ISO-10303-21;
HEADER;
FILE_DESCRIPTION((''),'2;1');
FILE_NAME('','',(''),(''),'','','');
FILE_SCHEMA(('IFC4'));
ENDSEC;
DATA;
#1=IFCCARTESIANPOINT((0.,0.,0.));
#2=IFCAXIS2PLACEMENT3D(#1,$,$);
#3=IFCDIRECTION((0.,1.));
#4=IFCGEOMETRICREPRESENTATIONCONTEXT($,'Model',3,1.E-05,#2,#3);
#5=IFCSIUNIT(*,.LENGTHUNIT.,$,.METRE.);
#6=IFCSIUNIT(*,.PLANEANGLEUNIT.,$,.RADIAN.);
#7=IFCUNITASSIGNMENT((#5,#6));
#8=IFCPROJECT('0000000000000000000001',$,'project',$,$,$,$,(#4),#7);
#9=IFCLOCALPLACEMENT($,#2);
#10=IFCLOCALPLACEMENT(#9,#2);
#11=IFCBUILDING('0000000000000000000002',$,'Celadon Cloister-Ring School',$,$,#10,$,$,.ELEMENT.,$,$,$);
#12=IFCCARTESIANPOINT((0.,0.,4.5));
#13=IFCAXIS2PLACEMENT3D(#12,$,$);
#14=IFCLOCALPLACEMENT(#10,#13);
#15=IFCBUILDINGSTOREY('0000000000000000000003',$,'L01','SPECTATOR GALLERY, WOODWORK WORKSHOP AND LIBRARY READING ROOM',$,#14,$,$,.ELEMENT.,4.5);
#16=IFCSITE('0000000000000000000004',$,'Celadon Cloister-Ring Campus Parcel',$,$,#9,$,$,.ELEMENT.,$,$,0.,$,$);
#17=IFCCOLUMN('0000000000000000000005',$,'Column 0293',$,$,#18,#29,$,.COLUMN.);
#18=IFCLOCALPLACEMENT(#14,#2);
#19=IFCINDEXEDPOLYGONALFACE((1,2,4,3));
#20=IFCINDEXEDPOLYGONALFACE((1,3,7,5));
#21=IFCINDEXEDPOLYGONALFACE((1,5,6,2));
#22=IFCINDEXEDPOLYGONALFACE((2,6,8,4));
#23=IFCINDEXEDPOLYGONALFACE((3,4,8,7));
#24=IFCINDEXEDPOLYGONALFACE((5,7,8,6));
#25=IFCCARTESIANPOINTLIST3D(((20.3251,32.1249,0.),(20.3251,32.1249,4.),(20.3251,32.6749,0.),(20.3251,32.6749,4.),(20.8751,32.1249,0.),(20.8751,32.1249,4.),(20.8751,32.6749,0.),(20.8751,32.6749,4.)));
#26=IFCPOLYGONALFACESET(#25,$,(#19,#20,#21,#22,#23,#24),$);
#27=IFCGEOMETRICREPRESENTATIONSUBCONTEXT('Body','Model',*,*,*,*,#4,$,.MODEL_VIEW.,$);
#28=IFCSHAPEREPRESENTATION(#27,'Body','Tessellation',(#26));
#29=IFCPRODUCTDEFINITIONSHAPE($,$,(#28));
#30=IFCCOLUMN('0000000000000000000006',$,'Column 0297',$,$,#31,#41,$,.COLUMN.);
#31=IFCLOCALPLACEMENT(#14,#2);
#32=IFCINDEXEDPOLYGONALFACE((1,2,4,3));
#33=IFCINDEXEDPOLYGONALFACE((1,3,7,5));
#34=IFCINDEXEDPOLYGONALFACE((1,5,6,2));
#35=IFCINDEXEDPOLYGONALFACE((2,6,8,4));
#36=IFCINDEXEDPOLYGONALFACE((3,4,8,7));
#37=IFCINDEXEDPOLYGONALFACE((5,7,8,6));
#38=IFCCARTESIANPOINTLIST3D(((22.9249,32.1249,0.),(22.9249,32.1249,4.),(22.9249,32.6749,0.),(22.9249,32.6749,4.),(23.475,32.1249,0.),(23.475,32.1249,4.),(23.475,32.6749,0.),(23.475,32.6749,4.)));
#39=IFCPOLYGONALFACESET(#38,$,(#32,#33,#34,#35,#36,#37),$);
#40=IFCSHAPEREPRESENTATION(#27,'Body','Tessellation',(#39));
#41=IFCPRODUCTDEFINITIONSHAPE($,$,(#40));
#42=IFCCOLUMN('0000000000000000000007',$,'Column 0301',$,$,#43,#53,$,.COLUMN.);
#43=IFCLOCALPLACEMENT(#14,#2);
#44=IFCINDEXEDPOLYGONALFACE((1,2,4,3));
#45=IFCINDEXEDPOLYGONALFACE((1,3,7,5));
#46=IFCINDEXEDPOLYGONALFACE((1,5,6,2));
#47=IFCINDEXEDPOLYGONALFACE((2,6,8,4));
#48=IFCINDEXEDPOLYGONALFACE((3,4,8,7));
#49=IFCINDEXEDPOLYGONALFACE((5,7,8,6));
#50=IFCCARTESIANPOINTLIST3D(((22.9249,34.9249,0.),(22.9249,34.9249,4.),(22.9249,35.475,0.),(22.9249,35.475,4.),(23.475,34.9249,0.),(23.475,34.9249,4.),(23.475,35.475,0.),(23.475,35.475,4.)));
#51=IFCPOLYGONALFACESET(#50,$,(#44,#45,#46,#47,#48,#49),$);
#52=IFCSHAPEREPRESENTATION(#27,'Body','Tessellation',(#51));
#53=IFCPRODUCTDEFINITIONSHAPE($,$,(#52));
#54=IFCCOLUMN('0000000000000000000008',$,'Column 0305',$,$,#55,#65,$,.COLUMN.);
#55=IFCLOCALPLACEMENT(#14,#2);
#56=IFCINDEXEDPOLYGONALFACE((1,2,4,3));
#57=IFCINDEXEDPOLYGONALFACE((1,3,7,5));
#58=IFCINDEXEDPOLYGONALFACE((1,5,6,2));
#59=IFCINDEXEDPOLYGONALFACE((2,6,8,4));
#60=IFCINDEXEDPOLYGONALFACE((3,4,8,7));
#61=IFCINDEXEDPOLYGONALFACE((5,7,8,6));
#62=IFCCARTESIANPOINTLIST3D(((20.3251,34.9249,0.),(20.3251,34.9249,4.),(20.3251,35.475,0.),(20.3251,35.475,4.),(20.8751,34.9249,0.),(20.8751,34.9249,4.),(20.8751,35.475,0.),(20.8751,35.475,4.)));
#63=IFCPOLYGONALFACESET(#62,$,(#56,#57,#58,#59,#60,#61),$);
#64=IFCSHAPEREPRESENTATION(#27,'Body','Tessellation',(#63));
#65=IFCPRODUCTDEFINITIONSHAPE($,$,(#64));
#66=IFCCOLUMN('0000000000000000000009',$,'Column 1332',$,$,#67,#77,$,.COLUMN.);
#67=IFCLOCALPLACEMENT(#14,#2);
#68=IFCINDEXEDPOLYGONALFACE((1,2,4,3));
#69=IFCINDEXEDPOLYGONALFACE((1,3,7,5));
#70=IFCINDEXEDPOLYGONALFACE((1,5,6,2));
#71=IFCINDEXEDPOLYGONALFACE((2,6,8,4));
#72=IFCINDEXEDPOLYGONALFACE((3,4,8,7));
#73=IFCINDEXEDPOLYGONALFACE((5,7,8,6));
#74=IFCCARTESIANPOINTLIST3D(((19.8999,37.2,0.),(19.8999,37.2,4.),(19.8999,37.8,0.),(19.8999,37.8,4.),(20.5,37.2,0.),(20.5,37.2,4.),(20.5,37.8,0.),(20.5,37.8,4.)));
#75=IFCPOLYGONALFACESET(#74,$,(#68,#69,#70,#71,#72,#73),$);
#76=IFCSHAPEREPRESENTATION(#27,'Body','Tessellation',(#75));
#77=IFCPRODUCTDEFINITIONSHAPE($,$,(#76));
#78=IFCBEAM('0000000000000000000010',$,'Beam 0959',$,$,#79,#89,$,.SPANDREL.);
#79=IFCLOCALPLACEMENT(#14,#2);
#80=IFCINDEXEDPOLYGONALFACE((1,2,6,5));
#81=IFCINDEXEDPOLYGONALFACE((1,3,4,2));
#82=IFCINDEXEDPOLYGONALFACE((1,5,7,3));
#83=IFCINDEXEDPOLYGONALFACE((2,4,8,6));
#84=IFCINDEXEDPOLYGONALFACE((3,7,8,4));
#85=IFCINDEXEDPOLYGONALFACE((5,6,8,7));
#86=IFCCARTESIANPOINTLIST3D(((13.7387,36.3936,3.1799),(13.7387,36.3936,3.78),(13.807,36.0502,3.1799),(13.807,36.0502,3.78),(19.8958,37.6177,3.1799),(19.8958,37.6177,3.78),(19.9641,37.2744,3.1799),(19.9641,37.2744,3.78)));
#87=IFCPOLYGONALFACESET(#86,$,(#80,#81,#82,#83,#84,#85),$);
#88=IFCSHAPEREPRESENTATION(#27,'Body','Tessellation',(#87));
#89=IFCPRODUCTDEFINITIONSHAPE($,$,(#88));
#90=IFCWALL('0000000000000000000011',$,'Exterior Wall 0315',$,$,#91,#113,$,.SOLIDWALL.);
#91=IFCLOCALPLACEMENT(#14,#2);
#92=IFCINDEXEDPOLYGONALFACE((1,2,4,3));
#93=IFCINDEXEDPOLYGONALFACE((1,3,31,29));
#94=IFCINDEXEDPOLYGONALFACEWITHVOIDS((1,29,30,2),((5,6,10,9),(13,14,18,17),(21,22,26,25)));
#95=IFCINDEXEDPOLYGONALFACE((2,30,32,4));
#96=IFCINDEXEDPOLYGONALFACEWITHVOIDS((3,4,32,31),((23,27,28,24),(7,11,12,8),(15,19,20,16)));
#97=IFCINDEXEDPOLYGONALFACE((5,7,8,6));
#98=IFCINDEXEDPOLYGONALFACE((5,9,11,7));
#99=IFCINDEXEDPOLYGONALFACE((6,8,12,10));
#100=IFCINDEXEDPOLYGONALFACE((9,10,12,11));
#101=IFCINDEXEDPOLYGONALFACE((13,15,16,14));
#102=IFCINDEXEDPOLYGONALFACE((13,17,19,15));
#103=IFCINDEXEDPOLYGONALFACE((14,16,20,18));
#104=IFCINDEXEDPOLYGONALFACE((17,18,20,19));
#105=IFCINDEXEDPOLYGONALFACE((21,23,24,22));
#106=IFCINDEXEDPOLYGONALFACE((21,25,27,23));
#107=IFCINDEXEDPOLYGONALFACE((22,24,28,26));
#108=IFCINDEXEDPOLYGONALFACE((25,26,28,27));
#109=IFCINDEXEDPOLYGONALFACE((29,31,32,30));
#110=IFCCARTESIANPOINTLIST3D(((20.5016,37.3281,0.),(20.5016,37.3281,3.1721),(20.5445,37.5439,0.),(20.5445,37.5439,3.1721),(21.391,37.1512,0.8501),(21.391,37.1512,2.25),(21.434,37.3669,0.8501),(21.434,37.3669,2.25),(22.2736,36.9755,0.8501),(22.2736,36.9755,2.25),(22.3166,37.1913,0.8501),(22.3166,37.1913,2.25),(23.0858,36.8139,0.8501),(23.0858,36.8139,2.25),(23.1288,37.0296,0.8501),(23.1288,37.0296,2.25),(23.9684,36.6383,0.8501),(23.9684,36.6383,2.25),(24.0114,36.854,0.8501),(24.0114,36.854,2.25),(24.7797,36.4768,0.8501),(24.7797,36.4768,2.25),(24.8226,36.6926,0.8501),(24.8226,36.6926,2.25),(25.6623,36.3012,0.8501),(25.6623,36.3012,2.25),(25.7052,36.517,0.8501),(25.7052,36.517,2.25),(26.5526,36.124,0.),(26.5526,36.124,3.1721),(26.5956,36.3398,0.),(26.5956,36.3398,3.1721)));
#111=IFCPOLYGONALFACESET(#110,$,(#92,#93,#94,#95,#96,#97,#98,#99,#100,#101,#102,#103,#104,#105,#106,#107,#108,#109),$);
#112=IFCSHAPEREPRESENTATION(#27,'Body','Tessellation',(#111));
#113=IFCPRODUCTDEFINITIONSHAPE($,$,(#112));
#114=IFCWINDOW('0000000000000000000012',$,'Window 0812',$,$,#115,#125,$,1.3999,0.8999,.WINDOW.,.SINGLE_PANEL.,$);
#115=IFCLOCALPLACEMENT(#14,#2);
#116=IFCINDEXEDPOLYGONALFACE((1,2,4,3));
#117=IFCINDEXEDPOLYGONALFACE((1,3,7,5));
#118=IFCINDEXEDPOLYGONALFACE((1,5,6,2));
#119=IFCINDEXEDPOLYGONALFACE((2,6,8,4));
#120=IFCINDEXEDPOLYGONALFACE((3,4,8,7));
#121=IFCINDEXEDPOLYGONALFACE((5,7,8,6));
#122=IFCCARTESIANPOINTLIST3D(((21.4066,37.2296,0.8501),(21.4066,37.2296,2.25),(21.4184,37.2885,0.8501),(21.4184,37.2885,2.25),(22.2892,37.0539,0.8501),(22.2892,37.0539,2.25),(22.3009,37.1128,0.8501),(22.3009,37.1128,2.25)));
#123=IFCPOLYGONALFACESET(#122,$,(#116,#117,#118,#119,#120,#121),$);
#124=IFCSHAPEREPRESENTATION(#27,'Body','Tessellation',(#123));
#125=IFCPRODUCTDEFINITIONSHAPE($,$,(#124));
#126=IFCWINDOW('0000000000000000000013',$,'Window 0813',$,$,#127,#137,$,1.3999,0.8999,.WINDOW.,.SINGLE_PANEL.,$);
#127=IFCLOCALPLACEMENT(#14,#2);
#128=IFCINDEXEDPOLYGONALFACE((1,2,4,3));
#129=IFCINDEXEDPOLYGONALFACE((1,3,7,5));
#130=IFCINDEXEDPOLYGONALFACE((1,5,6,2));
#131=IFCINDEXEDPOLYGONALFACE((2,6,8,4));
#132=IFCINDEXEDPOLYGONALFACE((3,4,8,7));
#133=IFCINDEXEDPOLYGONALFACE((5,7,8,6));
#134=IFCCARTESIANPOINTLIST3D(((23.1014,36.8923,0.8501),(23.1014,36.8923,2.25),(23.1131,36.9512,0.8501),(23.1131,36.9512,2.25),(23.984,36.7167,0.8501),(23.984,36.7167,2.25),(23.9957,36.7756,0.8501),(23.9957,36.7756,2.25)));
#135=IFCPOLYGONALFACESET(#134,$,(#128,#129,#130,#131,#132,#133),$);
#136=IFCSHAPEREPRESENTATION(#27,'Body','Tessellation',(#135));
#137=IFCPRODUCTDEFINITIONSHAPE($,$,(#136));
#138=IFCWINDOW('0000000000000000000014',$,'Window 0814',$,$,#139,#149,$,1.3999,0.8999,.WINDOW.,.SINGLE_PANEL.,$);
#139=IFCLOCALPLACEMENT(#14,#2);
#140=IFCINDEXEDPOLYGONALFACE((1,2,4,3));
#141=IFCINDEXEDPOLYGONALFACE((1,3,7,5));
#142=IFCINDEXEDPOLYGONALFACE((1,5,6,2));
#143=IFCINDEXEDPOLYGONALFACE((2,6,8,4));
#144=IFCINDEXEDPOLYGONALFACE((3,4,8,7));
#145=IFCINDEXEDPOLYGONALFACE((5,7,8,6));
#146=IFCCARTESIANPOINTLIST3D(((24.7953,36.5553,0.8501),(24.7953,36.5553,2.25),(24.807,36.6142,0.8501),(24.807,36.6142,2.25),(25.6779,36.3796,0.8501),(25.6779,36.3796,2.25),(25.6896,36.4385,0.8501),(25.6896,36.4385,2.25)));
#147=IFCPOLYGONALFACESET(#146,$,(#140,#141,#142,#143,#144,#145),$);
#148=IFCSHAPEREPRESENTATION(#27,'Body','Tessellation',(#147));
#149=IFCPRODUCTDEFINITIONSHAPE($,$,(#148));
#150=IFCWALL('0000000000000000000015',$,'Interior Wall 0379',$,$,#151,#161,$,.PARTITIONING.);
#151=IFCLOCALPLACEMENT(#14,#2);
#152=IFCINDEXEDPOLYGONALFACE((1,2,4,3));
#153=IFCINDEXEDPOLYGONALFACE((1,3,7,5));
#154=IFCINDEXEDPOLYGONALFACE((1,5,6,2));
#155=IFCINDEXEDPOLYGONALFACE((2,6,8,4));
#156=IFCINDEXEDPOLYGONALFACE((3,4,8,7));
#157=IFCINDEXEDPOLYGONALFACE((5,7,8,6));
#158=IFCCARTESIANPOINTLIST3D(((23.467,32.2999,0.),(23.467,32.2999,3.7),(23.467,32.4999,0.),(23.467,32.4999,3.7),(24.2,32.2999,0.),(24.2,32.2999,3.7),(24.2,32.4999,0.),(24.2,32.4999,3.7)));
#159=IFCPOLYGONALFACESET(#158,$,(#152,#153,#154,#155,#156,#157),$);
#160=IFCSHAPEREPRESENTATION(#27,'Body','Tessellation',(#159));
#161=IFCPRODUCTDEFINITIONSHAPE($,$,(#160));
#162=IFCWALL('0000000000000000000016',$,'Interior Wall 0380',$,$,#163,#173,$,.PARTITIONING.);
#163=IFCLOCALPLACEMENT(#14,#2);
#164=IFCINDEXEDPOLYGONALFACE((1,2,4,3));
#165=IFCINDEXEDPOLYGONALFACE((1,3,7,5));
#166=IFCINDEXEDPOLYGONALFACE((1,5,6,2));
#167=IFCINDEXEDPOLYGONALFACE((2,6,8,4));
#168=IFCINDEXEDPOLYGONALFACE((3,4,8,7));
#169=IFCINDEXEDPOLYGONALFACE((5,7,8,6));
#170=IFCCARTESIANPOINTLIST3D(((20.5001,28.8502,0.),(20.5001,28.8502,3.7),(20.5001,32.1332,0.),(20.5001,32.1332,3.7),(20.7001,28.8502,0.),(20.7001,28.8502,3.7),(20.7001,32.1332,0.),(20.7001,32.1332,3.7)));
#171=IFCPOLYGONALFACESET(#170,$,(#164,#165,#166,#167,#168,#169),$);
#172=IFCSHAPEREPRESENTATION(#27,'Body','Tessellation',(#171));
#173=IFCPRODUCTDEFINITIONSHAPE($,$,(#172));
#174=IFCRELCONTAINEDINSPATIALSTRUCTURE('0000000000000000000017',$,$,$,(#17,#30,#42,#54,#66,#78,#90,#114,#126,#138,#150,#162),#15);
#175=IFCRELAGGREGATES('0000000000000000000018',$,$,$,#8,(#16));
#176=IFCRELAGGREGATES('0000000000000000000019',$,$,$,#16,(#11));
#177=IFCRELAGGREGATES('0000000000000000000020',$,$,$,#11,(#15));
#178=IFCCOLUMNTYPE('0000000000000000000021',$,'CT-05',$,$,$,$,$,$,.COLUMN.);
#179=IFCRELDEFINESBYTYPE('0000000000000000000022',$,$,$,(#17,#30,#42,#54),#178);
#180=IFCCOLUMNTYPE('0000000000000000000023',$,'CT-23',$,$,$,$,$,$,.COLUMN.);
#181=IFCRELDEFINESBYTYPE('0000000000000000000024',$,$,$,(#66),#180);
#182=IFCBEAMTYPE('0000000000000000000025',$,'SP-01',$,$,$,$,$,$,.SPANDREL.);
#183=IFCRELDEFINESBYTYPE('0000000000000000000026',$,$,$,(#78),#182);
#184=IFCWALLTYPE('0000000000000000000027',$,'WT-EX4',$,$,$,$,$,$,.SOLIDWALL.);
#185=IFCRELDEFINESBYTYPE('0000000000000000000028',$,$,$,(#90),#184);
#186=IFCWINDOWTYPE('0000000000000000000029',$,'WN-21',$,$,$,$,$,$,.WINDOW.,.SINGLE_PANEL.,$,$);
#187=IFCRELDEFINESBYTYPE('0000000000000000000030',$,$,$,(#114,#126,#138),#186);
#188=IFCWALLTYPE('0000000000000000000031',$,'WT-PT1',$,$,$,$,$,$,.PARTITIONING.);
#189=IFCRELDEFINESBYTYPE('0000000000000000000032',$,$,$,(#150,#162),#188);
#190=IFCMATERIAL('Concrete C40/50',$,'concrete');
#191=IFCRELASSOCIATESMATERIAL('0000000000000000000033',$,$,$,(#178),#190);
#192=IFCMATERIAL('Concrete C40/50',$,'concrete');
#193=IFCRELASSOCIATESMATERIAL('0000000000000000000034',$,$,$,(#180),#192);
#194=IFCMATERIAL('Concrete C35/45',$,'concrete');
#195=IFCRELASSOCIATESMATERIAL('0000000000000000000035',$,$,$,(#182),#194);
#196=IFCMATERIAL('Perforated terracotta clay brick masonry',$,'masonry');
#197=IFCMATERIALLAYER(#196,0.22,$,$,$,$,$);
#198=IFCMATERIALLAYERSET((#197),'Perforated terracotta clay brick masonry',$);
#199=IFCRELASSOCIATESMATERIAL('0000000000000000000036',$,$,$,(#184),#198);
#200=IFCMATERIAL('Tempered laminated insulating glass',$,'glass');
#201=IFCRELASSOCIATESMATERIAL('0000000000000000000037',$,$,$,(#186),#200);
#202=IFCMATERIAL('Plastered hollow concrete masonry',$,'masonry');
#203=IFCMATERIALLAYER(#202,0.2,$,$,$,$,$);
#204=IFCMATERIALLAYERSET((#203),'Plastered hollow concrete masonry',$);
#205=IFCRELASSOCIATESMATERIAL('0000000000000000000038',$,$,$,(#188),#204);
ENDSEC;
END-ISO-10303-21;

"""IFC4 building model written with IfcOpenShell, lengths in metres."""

from ifc_helpers import new_model, si_unit, direction, frame, frame_2d, origin, origin_2d, place, context, subcontext, project, spatial, rectangle, extrude, material, layer, layer_set, material_profile, profile_set, type_object, element, fill, save


model = new_model("IFC4")

# Units and contexts
model_context = context("Model", 3, precision=1e-05, world=origin(), true_north=direction((0.0, 1.0)))
body_context = subcontext(model_context, "Body", "Model", "MODEL_VIEW")
ifc_project = project(units=[si_unit("LENGTHUNIT", "METRE"), si_unit("PLANEANGLEUNIT", "RADIAN")], contexts=[model_context])

# Site, building, storey
site_placement = place(None, origin())
site = spatial("IfcSite", under=ifc_project, at=site_placement, Name="Celadon Cloister-Ring Campus Parcel", CompositionType="ELEMENT", RefElevation=0.0)
building_placement = place(site_placement, origin())
building = spatial("IfcBuilding", under=site, at=building_placement, Name="Celadon Cloister-Ring School", CompositionType="ELEMENT")
storey_placement = place(building_placement, frame((0.0, 0.0, 4.5)))
storey = spatial("IfcBuildingStorey", under=building, at=storey_placement, Name="L01", Description="SPECTATOR GALLERY, WOODWORK WORKSHOP AND LIBRARY READING ROOM", CompositionType="ELEMENT", Elevation=4.5)

# Columns
ifc_material_1 = material(Name="Concrete C40/50", Category="concrete")
ifc_material_profile_1 = material_profile(ifc_material_1, rectangle(XDim=0.55, YDim=0.55, at=origin_2d()), Name="RC550X550")
ifc_profile_set_1 = profile_set([ifc_material_profile_1], Name="Concrete C40/50")
column_type_1 = type_object("IfcColumnType", Name="CT-05", PredefinedType="COLUMN", material=ifc_profile_set_1)
for number, where, z_axis, x_axis, name in (
    (1, (20.6001, 32.3999, 0.0), (0.0, 0.0, 1.0), (1.0, 0.0, 0.0), "Column 0293"),
    (2, (23.2, 32.3999, 0.0), (0.0, 0.0, 1.0), (1.0, 0.0, 0.0), "Column 0297"),
    (3, (23.2, 35.2, 0.0), (0.0, 0.0, 1.0), (1.0, 0.0, 0.0), "Column 0301"),
    (4, (20.6001, 35.2, 0.0), (0.0, 0.0, 1.0), (1.0, 0.0, 0.0), "Column 0305"),
):
    element("IfcColumn", number, at=place(storey_placement, frame(where, z_axis=z_axis, x_axis=x_axis)), inside=storey, type_object=column_type_1, Name=name, PredefinedType="COLUMN", context=body_context, shape_type="SweptSolid", body=[
        extrude(rectangle(XDim=0.55, YDim=0.55, at=origin_2d()), origin(), (0.0, 0.0, 1.0), 4.0),
    ])
ifc_material_2 = material(Name="Concrete C40/50", Category="concrete")
ifc_material_profile_2 = material_profile(ifc_material_2, rectangle(XDim=0.6001, YDim=0.6001, at=origin_2d()), Name="RC600X600")
ifc_profile_set_2 = profile_set([ifc_material_profile_2], Name="Concrete C40/50")
column_type_2 = type_object("IfcColumnType", Name="CT-23", PredefinedType="COLUMN", material=ifc_profile_set_2)
column_placement = place(storey_placement, frame((20.2, 37.5, 0.0), z_axis=(0.0, 0.0, 1.0), x_axis=(0.0, 1.0, 0.0)))
element("IfcColumn", 5, at=column_placement, inside=storey, type_object=column_type_2, Name="Column 1332", PredefinedType="COLUMN", context=body_context, shape_type="SweptSolid", body=[
    extrude(rectangle(XDim=0.6001, YDim=0.6001, at=origin_2d()), origin(), (0.0, 0.0, 1.0), 4.0),
])

# Beam
ifc_material_3 = material(Name="Concrete C35/45", Category="concrete")
ifc_material_profile_3 = material_profile(ifc_material_3, rectangle(XDim=0.3501, YDim=0.6001, at=origin_2d()), Name="RC350X600")
ifc_profile_set_3 = profile_set([ifc_material_profile_3], Name="Concrete C35/45")
beam_type = type_object("IfcBeamType", Name="SP-01", PredefinedType="SPANDREL", material=ifc_profile_set_3)
beam_placement = place(storey_placement, frame((19.9299, 37.446, 3.48), z_axis=(-0.980803, -0.195002, 0.0), x_axis=(0.195002, -0.980803, 0.0)))
element("IfcBeam", 6, at=beam_placement, inside=storey, type_object=beam_type, Name="Beam 0959", PredefinedType="SPANDREL", context=body_context, shape_type="SweptSolid", body=[
    extrude(rectangle(XDim=0.3501, YDim=0.6001, at=origin_2d()), origin(), (0.0, 0.0, 1.0), 6.2776),
])

# Wall, openings, windows
ifc_material_4 = material(Name="Perforated terracotta clay brick masonry", Category="masonry")
ifc_layer_1 = layer(ifc_material_4, 0.22)
ifc_layer_set_1 = layer_set([ifc_layer_1], Name="Perforated terracotta clay brick masonry")
wall_type_1 = type_object("IfcWallType", Name="WT-EX4", PredefinedType="SOLIDWALL", material=ifc_layer_set_1)
wall_1_placement = place(storey_placement, frame((20.5229, 37.436, 0.0), z_axis=(0.0, 0.0, 1.0), x_axis=(0.98077, -0.195165, 0.0)))
wall_1 = element("IfcWall", 7, at=wall_1_placement, inside=storey, type_object=wall_type_1, Name="Exterior Wall 0315", PredefinedType="SOLIDWALL", context=body_context, shape_type="SweptSolid", body=[
    extrude(rectangle(XDim=6.1697, YDim=0.22, at=frame_2d((3.085, 0.0))), origin(), (0.0, 0.0, 1.0), 3.1721),
])
opening_1_placement = place(wall_1_placement, frame((0.907, 0.0, 0.8501)))
opening_1 = element("IfcOpeningElement", 8, at=opening_1_placement, cuts=wall_1, PredefinedType="OPENING", context=body_context, shape_type="SweptSolid", body=[
    extrude(rectangle(XDim=0.8999, YDim=1.3999, at=frame_2d((0.45, 0.7))), frame((0.0, 0.1201, 0.0), z_axis=(0.0, -1.0, 0.0), x_axis=(1.0, 0.0, 0.0)), (0.0, 0.0, 1.0), 0.24),
])
opening_2_placement = place(wall_1_placement, frame((2.635, 0.0, 0.8501)))
opening_2 = element("IfcOpeningElement", 9, at=opening_2_placement, cuts=wall_1, PredefinedType="OPENING", context=body_context, shape_type="SweptSolid", body=[
    extrude(rectangle(XDim=0.8999, YDim=1.3999, at=frame_2d((0.45, 0.7))), frame((0.0, 0.1201, 0.0), z_axis=(0.0, -1.0, 0.0), x_axis=(1.0, 0.0, 0.0)), (0.0, 0.0, 1.0), 0.24),
])
opening_3_placement = place(wall_1_placement, frame((4.3621, 0.0, 0.8501)))
opening_3 = element("IfcOpeningElement", 10, at=opening_3_placement, cuts=wall_1, PredefinedType="OPENING", context=body_context, shape_type="SweptSolid", body=[
    extrude(rectangle(XDim=0.8999, YDim=1.3999, at=frame_2d((0.45, 0.7))), frame((0.0, 0.1201, 0.0), z_axis=(0.0, -1.0, 0.0), x_axis=(1.0, 0.0, 0.0)), (0.0, 0.0, 1.0), 0.24),
])
ifc_material_5 = material(Name="Tempered laminated insulating glass", Category="glass")
window_type = type_object("IfcWindowType", Name="WN-21", PartitioningType="SINGLE_PANEL", PredefinedType="WINDOW", material=ifc_material_5)
window_1_placement = place(opening_1_placement, origin())
window_1 = element("IfcWindow", 11, at=window_1_placement, inside=storey, type_object=window_type, Name="Window 0812", OverallHeight=1.3999, OverallWidth=0.8999, PartitioningType="SINGLE_PANEL", PredefinedType="WINDOW", context=body_context, shape_type="SweptSolid", body=[
    extrude(rectangle(XDim=0.8999, YDim=1.3999, at=frame_2d((0.45, 0.7))), frame((0.0, 0.03, 0.0), z_axis=(0.0, -1.0, 0.0), x_axis=(1.0, 0.0, 0.0)), (0.0, 0.0, 1.0), 0.0601),
])
fill(opening_1, window_1)
window_2_placement = place(opening_2_placement, origin())
window_2 = element("IfcWindow", 12, at=window_2_placement, inside=storey, type_object=window_type, Name="Window 0813", OverallHeight=1.3999, OverallWidth=0.8999, PartitioningType="SINGLE_PANEL", PredefinedType="WINDOW", context=body_context, shape_type="SweptSolid", body=[
    extrude(rectangle(XDim=0.8999, YDim=1.3999, at=frame_2d((0.45, 0.7))), frame((0.0, 0.03, 0.0), z_axis=(0.0, -1.0, 0.0), x_axis=(1.0, 0.0, 0.0)), (0.0, 0.0, 1.0), 0.0601),
])
fill(opening_2, window_2)
window_3_placement = place(opening_3_placement, origin())
window_3 = element("IfcWindow", 13, at=window_3_placement, inside=storey, type_object=window_type, Name="Window 0814", OverallHeight=1.3999, OverallWidth=0.8999, PartitioningType="SINGLE_PANEL", PredefinedType="WINDOW", context=body_context, shape_type="SweptSolid", body=[
    extrude(rectangle(XDim=0.8999, YDim=1.3999, at=frame_2d((0.45, 0.7))), frame((0.0, 0.03, 0.0), z_axis=(0.0, -1.0, 0.0), x_axis=(1.0, 0.0, 0.0)), (0.0, 0.0, 1.0), 0.0601),
])
fill(opening_3, window_3)

# Walls
ifc_material_6 = material(Name="Plastered hollow concrete masonry", Category="masonry")
ifc_layer_2 = layer(ifc_material_6, 0.2)
ifc_layer_set_2 = layer_set([ifc_layer_2], Name="Plastered hollow concrete masonry")
wall_type_2 = type_object("IfcWallType", Name="WT-PT1", PredefinedType="PARTITIONING", material=ifc_layer_set_2)
wall_2_placement = place(storey_placement, frame((23.467, 32.3999, 0.0), z_axis=(0.0, 0.0, 1.0), x_axis=(1.0, 0.0, 0.0)))
element("IfcWall", 14, at=wall_2_placement, inside=storey, type_object=wall_type_2, Name="Interior Wall 0379", PredefinedType="PARTITIONING", context=body_context, shape_type="SweptSolid", body=[
    extrude(rectangle(XDim=0.7329, YDim=0.2, at=frame_2d((0.3665, 0.0))), origin(), (0.0, 0.0, 1.0), 3.7),
])
wall_3_placement = place(storey_placement, frame((20.6001, 28.8501, 0.0), z_axis=(0.0, 0.0, 1.0), x_axis=(0.0, 1.0, 0.0)))
element("IfcWall", 15, at=wall_3_placement, inside=storey, type_object=wall_type_2, Name="Interior Wall 0380", PredefinedType="PARTITIONING", context=body_context, shape_type="SweptSolid", body=[
    extrude(rectangle(XDim=3.283, YDim=0.2, at=frame_2d((1.6416, 0.0))), origin(), (0.0, 0.0, 1.0), 3.7),
])

save(model, "model.ifc")
